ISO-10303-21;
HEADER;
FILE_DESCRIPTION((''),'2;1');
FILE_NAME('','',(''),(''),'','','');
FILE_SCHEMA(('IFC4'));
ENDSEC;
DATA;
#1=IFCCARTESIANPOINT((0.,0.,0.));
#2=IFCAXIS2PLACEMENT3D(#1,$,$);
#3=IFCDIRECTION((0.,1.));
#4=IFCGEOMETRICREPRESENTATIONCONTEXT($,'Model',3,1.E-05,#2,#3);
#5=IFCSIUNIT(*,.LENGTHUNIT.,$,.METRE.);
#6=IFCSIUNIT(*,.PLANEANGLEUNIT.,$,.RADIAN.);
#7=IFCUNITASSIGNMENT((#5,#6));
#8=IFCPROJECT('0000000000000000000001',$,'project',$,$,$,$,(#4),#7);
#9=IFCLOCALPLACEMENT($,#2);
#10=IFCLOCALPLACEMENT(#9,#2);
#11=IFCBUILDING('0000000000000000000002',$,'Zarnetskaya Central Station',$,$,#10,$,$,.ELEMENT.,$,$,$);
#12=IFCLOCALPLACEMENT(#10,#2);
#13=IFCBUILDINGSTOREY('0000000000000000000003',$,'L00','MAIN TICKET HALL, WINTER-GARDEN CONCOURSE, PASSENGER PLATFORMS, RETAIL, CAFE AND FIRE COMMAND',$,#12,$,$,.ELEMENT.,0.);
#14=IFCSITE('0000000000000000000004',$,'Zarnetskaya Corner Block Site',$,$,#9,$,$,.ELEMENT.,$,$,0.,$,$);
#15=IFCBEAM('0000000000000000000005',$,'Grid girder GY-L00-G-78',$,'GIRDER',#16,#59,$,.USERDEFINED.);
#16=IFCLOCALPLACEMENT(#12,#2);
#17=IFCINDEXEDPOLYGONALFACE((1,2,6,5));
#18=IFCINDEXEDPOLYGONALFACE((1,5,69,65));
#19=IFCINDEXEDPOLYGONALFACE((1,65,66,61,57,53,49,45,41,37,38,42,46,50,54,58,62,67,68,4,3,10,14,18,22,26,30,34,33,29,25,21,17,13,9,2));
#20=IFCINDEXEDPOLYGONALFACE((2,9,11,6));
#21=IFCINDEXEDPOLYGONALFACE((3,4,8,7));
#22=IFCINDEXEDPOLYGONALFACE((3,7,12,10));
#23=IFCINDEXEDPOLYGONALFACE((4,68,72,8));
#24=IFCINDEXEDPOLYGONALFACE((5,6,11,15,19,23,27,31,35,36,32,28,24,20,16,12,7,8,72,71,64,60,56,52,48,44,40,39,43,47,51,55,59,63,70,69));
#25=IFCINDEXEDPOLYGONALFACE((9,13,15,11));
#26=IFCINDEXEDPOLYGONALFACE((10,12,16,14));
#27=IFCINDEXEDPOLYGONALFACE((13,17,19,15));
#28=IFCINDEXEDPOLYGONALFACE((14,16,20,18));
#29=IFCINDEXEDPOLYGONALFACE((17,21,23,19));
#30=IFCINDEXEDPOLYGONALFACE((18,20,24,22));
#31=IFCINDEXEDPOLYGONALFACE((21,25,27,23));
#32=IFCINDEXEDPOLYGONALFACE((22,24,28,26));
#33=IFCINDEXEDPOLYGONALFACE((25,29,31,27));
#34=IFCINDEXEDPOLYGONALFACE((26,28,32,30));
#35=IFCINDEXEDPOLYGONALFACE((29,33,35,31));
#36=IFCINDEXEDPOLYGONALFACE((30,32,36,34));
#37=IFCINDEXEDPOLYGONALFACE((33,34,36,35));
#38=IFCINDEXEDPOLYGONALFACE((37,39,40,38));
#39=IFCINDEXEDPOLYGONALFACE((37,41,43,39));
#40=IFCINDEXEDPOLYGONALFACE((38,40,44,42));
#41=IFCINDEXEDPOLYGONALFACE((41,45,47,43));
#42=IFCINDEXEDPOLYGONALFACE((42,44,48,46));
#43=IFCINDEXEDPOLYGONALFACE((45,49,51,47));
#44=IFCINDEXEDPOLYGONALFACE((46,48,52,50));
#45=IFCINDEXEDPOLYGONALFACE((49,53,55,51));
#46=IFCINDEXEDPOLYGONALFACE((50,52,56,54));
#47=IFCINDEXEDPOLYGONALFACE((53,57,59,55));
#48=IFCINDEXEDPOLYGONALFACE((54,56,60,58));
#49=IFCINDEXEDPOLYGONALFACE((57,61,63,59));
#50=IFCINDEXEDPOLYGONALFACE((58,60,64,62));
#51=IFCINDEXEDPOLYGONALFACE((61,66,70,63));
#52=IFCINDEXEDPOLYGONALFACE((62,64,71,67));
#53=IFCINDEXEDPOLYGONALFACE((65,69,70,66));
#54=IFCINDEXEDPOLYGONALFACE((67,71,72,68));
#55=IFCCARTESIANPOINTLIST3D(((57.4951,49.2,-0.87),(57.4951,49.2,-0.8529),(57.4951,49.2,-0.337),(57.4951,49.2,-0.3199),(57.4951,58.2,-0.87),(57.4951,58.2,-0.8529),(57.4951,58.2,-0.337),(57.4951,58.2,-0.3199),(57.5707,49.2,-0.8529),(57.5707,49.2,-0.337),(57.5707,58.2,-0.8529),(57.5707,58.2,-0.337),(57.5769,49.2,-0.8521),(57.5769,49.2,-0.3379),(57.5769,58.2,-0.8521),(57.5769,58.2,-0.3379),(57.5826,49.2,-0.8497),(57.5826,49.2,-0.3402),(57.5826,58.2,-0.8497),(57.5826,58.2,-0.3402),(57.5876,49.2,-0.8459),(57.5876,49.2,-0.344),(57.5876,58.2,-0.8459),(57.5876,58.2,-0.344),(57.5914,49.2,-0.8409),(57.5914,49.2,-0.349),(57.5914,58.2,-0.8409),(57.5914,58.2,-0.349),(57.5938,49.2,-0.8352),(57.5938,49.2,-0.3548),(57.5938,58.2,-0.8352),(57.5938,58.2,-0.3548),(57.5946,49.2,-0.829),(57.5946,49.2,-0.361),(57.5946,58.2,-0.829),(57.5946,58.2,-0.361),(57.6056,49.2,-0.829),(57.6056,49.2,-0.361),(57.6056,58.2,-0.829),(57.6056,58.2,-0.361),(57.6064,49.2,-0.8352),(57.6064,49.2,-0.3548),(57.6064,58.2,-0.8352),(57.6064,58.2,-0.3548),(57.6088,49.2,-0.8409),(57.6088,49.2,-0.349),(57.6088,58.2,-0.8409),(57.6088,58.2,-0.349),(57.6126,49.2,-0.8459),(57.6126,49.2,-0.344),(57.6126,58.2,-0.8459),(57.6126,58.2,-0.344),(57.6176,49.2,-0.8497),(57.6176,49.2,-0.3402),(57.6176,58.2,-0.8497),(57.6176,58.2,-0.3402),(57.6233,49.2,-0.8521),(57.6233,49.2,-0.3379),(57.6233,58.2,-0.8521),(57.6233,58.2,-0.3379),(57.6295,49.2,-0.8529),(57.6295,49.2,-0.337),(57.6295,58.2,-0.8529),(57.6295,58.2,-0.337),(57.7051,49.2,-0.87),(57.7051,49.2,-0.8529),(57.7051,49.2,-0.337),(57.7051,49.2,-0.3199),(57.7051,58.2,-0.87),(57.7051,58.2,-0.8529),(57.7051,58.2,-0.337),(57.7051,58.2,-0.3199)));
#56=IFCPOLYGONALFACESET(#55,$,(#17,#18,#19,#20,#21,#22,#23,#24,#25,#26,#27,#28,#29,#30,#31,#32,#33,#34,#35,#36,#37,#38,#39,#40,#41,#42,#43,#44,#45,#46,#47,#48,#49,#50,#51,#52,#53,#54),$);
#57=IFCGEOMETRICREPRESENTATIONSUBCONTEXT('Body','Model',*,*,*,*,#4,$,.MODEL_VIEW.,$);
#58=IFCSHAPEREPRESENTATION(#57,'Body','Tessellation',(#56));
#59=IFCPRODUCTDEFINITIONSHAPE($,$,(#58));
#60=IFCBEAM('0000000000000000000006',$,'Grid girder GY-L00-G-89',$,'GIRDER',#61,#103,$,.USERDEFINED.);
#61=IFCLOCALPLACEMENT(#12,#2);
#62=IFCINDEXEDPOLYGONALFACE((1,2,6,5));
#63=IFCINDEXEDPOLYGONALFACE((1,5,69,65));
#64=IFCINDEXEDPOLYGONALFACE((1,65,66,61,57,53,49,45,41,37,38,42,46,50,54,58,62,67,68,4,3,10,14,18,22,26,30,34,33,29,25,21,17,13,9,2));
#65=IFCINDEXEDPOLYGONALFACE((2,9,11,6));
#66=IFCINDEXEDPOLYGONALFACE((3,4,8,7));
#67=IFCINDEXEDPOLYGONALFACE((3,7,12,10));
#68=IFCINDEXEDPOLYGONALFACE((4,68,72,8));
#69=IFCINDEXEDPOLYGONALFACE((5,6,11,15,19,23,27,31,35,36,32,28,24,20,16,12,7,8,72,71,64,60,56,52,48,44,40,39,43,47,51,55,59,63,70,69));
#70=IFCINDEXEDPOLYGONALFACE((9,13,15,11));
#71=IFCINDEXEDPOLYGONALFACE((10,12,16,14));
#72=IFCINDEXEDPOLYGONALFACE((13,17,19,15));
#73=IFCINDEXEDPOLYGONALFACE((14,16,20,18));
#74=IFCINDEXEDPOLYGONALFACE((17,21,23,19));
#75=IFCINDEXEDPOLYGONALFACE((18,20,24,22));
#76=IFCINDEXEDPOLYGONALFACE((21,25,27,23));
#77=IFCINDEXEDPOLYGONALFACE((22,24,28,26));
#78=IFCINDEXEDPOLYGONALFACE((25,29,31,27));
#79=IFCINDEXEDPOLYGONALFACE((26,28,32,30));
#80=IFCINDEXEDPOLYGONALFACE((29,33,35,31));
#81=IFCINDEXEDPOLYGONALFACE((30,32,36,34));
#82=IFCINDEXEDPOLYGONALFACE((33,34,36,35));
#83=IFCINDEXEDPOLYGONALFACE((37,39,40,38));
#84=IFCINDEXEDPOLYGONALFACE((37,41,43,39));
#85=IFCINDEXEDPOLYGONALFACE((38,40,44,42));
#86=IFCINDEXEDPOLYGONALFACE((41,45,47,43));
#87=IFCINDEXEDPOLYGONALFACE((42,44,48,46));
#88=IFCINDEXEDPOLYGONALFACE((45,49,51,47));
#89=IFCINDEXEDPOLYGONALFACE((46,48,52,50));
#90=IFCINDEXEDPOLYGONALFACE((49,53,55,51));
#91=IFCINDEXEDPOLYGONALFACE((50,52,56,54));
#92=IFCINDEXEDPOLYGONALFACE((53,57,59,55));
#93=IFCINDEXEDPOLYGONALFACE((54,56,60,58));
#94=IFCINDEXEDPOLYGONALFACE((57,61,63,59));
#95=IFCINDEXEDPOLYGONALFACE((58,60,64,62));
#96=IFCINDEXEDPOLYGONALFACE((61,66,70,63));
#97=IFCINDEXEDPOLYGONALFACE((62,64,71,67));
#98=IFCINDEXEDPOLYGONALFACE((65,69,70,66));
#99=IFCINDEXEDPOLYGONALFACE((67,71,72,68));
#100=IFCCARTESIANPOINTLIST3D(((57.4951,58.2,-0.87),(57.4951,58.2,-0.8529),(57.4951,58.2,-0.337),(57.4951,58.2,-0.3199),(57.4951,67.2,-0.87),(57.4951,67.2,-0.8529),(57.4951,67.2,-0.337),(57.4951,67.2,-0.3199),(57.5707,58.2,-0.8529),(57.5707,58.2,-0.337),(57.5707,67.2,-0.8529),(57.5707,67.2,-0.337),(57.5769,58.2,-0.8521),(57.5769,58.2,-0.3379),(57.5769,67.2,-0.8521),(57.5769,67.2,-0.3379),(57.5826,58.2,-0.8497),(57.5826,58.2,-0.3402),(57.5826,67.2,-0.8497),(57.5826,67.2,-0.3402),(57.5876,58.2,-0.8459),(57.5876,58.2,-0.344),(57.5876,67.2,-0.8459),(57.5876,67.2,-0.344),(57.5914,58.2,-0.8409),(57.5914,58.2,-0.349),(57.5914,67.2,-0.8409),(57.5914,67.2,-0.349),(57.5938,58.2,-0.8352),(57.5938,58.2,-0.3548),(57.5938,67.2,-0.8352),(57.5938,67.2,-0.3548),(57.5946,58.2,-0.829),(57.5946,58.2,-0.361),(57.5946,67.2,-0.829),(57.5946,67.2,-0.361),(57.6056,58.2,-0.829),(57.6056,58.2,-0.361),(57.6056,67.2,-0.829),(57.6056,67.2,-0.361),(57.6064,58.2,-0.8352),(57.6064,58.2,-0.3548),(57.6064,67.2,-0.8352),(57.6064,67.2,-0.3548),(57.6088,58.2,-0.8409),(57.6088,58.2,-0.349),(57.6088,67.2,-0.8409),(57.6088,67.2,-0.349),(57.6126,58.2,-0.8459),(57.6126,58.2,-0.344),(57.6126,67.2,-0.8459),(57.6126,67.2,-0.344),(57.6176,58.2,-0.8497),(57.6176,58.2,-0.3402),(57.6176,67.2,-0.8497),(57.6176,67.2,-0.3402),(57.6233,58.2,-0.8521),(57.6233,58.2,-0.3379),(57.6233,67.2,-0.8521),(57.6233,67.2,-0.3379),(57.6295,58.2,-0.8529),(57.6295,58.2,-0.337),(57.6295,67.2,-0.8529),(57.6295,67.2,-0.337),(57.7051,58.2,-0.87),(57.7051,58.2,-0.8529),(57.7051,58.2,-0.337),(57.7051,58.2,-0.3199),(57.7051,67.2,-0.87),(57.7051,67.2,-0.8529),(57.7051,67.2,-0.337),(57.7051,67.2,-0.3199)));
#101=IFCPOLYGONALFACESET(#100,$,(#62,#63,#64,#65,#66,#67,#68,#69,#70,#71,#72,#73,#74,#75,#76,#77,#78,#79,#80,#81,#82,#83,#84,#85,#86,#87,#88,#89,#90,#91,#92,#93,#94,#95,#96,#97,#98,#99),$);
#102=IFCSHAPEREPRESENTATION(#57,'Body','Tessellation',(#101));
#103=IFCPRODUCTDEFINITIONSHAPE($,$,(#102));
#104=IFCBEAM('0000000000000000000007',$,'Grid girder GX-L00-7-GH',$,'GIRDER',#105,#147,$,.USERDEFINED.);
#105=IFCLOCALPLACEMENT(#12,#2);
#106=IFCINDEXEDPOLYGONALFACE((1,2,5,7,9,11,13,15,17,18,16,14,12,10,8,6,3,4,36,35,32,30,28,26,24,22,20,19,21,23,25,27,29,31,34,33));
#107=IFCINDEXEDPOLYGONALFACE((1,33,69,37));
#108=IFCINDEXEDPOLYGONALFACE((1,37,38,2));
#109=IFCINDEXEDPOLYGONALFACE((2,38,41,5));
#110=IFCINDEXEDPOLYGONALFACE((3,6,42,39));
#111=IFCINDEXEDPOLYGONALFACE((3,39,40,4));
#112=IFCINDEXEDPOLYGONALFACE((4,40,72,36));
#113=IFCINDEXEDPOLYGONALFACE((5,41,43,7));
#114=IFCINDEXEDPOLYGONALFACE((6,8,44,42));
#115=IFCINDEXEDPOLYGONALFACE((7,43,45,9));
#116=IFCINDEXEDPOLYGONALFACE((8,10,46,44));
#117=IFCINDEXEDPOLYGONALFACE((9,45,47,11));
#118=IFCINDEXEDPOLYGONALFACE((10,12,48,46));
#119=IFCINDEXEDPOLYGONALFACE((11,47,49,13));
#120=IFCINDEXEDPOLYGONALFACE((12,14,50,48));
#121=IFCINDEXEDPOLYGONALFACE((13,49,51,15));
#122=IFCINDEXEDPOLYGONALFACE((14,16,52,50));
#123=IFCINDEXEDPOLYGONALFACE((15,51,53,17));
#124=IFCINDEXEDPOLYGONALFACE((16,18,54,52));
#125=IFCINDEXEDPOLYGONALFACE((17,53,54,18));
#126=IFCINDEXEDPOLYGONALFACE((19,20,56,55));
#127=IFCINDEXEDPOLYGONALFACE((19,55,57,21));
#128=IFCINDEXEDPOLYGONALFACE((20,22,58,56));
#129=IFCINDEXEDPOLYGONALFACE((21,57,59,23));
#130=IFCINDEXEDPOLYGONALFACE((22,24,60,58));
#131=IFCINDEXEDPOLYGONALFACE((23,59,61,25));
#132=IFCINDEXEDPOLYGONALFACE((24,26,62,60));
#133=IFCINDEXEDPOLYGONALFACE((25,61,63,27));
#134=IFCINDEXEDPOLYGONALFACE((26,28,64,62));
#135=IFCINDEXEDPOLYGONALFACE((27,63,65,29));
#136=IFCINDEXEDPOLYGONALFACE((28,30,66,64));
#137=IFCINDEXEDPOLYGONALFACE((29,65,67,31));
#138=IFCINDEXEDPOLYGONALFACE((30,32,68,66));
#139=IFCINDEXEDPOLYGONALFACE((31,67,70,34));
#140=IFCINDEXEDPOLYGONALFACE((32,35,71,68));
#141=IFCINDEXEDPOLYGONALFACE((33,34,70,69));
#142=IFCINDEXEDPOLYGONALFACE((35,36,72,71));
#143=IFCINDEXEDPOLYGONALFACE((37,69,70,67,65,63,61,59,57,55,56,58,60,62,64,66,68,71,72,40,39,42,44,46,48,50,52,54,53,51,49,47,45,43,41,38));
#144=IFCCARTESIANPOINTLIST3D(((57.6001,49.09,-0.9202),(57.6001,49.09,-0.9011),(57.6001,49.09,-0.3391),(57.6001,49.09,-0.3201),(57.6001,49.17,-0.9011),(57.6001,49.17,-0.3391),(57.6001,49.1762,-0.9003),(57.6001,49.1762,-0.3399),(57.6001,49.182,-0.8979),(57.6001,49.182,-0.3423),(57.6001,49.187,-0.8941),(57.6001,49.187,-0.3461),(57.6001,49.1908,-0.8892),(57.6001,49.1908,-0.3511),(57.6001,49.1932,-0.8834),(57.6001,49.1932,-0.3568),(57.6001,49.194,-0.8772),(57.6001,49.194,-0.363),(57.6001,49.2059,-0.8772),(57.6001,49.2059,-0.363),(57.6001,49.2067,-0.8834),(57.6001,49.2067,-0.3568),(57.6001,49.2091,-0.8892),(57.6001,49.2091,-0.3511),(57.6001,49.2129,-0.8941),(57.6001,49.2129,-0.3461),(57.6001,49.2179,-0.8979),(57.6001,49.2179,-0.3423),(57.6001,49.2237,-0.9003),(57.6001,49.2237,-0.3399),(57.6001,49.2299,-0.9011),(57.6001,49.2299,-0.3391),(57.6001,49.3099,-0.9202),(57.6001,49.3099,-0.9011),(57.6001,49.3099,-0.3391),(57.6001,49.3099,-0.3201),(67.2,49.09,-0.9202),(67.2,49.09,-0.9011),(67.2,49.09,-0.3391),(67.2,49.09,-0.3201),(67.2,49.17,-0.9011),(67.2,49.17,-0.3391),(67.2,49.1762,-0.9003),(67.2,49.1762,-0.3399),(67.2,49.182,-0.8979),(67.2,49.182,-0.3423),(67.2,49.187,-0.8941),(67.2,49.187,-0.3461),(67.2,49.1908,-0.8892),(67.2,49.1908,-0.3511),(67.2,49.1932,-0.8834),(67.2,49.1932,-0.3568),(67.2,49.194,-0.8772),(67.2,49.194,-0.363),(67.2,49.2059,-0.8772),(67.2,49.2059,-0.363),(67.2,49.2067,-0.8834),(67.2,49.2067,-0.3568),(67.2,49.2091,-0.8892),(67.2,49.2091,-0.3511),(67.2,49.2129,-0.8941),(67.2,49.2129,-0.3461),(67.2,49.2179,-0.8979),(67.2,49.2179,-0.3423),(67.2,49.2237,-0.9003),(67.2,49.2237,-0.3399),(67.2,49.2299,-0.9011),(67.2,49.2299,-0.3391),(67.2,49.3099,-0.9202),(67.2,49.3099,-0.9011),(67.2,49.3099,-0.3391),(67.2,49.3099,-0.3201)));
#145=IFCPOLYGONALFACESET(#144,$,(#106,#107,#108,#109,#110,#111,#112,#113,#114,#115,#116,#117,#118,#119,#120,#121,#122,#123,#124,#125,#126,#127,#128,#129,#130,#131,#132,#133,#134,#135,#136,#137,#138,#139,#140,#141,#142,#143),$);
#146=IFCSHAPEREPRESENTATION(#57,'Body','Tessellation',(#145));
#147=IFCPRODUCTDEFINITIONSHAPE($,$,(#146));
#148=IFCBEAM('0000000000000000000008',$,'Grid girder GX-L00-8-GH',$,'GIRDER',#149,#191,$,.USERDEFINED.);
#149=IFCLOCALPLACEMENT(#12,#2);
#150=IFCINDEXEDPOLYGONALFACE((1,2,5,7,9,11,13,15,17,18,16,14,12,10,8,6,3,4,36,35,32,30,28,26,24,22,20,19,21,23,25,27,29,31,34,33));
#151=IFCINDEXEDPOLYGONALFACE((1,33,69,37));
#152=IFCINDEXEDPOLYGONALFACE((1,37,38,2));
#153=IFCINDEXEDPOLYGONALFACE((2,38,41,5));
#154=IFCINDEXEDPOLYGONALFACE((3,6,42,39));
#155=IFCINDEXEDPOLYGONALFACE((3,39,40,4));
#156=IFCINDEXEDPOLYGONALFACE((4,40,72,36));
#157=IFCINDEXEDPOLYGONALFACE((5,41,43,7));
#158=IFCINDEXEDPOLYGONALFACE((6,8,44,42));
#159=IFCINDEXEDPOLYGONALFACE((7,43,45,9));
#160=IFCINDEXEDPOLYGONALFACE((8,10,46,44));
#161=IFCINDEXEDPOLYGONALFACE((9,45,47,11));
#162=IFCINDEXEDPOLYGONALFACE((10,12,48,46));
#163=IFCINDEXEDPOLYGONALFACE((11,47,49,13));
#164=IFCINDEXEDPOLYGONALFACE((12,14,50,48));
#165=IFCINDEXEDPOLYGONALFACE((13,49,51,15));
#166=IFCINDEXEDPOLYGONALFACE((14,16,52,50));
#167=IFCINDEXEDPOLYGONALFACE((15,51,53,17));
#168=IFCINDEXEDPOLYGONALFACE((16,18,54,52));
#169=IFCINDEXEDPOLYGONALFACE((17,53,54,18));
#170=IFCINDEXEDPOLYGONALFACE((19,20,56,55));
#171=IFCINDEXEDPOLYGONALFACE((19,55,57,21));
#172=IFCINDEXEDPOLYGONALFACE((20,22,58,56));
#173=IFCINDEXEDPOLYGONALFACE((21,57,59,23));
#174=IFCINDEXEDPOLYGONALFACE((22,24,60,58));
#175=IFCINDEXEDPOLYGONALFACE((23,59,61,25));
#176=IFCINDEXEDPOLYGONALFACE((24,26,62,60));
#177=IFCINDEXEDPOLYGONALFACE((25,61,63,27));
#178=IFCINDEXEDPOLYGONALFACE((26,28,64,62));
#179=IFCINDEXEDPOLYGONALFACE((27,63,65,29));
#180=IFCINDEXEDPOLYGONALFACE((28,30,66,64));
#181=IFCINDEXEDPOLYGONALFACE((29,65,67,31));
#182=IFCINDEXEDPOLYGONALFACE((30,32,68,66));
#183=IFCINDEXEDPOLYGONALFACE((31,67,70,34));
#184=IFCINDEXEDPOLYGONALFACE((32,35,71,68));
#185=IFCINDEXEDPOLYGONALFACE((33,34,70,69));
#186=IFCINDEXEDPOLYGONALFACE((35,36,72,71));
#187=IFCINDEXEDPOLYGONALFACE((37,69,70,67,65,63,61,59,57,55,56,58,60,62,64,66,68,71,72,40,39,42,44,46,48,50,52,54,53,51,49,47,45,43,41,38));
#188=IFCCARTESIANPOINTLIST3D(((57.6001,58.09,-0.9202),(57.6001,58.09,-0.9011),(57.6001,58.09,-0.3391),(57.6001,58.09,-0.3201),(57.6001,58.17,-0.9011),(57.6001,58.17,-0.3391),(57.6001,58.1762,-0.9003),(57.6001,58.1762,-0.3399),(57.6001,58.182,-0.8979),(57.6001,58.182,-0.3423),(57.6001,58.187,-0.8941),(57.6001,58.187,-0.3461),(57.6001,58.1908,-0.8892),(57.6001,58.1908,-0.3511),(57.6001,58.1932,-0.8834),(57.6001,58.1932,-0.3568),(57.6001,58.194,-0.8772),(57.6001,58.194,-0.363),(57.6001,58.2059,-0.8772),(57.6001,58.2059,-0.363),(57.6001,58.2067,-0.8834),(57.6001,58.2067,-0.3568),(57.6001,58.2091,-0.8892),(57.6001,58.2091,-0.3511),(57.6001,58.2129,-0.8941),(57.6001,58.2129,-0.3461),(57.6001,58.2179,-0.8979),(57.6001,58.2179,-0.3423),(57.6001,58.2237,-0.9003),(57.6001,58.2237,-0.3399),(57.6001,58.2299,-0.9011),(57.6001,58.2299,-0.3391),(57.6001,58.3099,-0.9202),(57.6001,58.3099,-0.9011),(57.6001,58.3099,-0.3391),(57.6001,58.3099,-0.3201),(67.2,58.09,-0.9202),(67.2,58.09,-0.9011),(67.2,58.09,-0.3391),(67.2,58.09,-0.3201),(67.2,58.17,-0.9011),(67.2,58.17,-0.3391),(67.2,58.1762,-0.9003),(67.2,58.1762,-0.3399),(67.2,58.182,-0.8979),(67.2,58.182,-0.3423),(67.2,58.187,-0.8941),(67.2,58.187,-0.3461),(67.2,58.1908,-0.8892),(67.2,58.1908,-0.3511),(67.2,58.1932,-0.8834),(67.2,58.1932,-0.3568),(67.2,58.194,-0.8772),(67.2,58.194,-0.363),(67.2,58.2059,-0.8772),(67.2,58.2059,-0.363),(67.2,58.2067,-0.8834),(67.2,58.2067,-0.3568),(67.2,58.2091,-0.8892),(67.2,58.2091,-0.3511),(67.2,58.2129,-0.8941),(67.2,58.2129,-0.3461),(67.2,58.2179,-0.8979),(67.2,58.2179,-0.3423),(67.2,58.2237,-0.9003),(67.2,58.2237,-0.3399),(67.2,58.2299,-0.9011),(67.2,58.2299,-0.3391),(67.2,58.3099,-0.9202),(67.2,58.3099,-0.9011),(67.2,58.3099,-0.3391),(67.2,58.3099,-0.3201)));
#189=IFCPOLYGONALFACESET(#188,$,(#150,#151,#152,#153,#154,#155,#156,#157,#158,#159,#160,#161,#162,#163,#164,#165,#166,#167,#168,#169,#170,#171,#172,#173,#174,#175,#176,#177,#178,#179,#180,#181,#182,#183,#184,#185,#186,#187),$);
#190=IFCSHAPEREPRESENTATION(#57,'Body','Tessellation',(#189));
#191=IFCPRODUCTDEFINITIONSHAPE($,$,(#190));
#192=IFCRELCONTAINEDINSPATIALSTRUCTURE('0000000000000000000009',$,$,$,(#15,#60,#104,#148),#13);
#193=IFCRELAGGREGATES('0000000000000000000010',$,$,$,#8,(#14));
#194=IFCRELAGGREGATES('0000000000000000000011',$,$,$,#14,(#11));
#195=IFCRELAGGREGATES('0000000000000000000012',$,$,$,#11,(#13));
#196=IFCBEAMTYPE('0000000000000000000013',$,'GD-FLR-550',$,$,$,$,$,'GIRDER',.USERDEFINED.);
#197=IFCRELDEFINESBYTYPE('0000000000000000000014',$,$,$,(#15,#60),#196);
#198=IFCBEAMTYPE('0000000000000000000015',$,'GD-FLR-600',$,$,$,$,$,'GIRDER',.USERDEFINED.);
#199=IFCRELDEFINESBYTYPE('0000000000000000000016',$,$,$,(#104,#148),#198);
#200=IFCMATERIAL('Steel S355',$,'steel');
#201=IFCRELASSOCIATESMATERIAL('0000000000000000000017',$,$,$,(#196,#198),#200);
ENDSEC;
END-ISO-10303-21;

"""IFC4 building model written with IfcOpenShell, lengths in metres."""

from ifc_helpers import new_model, si_unit, direction, frame, origin, origin_2d, place, context, subcontext, project, spatial, i_section, extrude, material, material_profile, profile_set, type_object, element, save


model = new_model("IFC4")

# Units and contexts
model_context = context("Model", 3, precision=1e-05, world=origin(), true_north=direction((0.0, 1.0)))
body_context = subcontext(model_context, "Body", "Model", "MODEL_VIEW")
ifc_project = project(units=[si_unit("LENGTHUNIT", "METRE"), si_unit("PLANEANGLEUNIT", "RADIAN")], contexts=[model_context])

# Site, building, storey
site_placement = place(None, origin())
site = spatial("IfcSite", under=ifc_project, at=site_placement, Name="Zarnetskaya Corner Block Site", CompositionType="ELEMENT", RefElevation=0.0)
building_placement = place(site_placement, origin())
building = spatial("IfcBuilding", under=site, at=building_placement, Name="Zarnetskaya Central Station", CompositionType="ELEMENT")
storey_placement = place(building_placement, origin())
storey = spatial("IfcBuildingStorey", under=building, at=storey_placement, Name="L00", Description="MAIN TICKET HALL, WINTER-GARDEN CONCOURSE, PASSENGER PLATFORMS, RETAIL, CAFE AND FIRE COMMAND", CompositionType="ELEMENT", Elevation=0.0)

# Shared definitions
ifc_material_1 = material(Name="Steel S355", Category="steel")

# Beams
ifc_material_profile_1 = material_profile(ifc_material_1, i_section(OverallWidth=0.21, OverallDepth=0.55, WebThickness=0.011, FlangeThickness=0.0171, FilletRadius=0.0239, at=origin_2d()), Name="IPE 550")
ifc_profile_set_1 = profile_set([ifc_material_profile_1], Name="Steel S355")
beam_type_1 = type_object("IfcBeamType", Name="GD-FLR-550", ElementType="GIRDER", PredefinedType="USERDEFINED", material=ifc_profile_set_1)
for number, where, z_axis, x_axis, name in (
    (1, (57.6001, 49.2, -0.595), (0.0, 1.0, 0.0), (-1.0, 0.0, 0.0), "Grid girder GY-L00-G-78"),
    (2, (57.6001, 58.2, -0.595), (0.0, 1.0, 0.0), (-1.0, 0.0, 0.0), "Grid girder GY-L00-G-89"),
):
    element("IfcBeam", number, at=place(storey_placement, frame(where, z_axis=z_axis, x_axis=x_axis)), inside=storey, type_object=beam_type_1, Name=name, ObjectType="GIRDER", PredefinedType="USERDEFINED", context=body_context, shape_type="SweptSolid", body=[
        extrude(i_section(OverallWidth=0.21, OverallDepth=0.55, WebThickness=0.011, FlangeThickness=0.0171, FilletRadius=0.0239, at=origin_2d()), origin(), (0.0, 0.0, 1.0), 9.0),
    ])
ifc_material_profile_2 = material_profile(ifc_material_1, i_section(OverallWidth=0.22, OverallDepth=0.6001, WebThickness=0.012, FlangeThickness=0.019, FilletRadius=0.0239, at=origin_2d()), Name="IPE 600")
ifc_profile_set_2 = profile_set([ifc_material_profile_2], Name="Steel S355")
beam_type_2 = type_object("IfcBeamType", Name="GD-FLR-600", ElementType="GIRDER", PredefinedType="USERDEFINED", material=ifc_profile_set_2)
for number, where, z_axis, x_axis, name in (
    (3, (57.6001, 49.2, -0.6201), (1.0, 0.0, 0.0), (0.0, 1.0, 0.0), "Grid girder GX-L00-7-GH"),
    (4, (57.6001, 58.2, -0.6201), (1.0, 0.0, 0.0), (0.0, 1.0, 0.0), "Grid girder GX-L00-8-GH"),
):
    element("IfcBeam", number, at=place(storey_placement, frame(where, z_axis=z_axis, x_axis=x_axis)), inside=storey, type_object=beam_type_2, Name=name, ObjectType="GIRDER", PredefinedType="USERDEFINED", context=body_context, shape_type="SweptSolid", body=[
        extrude(i_section(OverallWidth=0.22, OverallDepth=0.6001, WebThickness=0.012, FlangeThickness=0.019, FilletRadius=0.0239, at=origin_2d()), origin(), (0.0, 0.0, 1.0), 9.5999),
    ])

save(model, "model.ifc")
